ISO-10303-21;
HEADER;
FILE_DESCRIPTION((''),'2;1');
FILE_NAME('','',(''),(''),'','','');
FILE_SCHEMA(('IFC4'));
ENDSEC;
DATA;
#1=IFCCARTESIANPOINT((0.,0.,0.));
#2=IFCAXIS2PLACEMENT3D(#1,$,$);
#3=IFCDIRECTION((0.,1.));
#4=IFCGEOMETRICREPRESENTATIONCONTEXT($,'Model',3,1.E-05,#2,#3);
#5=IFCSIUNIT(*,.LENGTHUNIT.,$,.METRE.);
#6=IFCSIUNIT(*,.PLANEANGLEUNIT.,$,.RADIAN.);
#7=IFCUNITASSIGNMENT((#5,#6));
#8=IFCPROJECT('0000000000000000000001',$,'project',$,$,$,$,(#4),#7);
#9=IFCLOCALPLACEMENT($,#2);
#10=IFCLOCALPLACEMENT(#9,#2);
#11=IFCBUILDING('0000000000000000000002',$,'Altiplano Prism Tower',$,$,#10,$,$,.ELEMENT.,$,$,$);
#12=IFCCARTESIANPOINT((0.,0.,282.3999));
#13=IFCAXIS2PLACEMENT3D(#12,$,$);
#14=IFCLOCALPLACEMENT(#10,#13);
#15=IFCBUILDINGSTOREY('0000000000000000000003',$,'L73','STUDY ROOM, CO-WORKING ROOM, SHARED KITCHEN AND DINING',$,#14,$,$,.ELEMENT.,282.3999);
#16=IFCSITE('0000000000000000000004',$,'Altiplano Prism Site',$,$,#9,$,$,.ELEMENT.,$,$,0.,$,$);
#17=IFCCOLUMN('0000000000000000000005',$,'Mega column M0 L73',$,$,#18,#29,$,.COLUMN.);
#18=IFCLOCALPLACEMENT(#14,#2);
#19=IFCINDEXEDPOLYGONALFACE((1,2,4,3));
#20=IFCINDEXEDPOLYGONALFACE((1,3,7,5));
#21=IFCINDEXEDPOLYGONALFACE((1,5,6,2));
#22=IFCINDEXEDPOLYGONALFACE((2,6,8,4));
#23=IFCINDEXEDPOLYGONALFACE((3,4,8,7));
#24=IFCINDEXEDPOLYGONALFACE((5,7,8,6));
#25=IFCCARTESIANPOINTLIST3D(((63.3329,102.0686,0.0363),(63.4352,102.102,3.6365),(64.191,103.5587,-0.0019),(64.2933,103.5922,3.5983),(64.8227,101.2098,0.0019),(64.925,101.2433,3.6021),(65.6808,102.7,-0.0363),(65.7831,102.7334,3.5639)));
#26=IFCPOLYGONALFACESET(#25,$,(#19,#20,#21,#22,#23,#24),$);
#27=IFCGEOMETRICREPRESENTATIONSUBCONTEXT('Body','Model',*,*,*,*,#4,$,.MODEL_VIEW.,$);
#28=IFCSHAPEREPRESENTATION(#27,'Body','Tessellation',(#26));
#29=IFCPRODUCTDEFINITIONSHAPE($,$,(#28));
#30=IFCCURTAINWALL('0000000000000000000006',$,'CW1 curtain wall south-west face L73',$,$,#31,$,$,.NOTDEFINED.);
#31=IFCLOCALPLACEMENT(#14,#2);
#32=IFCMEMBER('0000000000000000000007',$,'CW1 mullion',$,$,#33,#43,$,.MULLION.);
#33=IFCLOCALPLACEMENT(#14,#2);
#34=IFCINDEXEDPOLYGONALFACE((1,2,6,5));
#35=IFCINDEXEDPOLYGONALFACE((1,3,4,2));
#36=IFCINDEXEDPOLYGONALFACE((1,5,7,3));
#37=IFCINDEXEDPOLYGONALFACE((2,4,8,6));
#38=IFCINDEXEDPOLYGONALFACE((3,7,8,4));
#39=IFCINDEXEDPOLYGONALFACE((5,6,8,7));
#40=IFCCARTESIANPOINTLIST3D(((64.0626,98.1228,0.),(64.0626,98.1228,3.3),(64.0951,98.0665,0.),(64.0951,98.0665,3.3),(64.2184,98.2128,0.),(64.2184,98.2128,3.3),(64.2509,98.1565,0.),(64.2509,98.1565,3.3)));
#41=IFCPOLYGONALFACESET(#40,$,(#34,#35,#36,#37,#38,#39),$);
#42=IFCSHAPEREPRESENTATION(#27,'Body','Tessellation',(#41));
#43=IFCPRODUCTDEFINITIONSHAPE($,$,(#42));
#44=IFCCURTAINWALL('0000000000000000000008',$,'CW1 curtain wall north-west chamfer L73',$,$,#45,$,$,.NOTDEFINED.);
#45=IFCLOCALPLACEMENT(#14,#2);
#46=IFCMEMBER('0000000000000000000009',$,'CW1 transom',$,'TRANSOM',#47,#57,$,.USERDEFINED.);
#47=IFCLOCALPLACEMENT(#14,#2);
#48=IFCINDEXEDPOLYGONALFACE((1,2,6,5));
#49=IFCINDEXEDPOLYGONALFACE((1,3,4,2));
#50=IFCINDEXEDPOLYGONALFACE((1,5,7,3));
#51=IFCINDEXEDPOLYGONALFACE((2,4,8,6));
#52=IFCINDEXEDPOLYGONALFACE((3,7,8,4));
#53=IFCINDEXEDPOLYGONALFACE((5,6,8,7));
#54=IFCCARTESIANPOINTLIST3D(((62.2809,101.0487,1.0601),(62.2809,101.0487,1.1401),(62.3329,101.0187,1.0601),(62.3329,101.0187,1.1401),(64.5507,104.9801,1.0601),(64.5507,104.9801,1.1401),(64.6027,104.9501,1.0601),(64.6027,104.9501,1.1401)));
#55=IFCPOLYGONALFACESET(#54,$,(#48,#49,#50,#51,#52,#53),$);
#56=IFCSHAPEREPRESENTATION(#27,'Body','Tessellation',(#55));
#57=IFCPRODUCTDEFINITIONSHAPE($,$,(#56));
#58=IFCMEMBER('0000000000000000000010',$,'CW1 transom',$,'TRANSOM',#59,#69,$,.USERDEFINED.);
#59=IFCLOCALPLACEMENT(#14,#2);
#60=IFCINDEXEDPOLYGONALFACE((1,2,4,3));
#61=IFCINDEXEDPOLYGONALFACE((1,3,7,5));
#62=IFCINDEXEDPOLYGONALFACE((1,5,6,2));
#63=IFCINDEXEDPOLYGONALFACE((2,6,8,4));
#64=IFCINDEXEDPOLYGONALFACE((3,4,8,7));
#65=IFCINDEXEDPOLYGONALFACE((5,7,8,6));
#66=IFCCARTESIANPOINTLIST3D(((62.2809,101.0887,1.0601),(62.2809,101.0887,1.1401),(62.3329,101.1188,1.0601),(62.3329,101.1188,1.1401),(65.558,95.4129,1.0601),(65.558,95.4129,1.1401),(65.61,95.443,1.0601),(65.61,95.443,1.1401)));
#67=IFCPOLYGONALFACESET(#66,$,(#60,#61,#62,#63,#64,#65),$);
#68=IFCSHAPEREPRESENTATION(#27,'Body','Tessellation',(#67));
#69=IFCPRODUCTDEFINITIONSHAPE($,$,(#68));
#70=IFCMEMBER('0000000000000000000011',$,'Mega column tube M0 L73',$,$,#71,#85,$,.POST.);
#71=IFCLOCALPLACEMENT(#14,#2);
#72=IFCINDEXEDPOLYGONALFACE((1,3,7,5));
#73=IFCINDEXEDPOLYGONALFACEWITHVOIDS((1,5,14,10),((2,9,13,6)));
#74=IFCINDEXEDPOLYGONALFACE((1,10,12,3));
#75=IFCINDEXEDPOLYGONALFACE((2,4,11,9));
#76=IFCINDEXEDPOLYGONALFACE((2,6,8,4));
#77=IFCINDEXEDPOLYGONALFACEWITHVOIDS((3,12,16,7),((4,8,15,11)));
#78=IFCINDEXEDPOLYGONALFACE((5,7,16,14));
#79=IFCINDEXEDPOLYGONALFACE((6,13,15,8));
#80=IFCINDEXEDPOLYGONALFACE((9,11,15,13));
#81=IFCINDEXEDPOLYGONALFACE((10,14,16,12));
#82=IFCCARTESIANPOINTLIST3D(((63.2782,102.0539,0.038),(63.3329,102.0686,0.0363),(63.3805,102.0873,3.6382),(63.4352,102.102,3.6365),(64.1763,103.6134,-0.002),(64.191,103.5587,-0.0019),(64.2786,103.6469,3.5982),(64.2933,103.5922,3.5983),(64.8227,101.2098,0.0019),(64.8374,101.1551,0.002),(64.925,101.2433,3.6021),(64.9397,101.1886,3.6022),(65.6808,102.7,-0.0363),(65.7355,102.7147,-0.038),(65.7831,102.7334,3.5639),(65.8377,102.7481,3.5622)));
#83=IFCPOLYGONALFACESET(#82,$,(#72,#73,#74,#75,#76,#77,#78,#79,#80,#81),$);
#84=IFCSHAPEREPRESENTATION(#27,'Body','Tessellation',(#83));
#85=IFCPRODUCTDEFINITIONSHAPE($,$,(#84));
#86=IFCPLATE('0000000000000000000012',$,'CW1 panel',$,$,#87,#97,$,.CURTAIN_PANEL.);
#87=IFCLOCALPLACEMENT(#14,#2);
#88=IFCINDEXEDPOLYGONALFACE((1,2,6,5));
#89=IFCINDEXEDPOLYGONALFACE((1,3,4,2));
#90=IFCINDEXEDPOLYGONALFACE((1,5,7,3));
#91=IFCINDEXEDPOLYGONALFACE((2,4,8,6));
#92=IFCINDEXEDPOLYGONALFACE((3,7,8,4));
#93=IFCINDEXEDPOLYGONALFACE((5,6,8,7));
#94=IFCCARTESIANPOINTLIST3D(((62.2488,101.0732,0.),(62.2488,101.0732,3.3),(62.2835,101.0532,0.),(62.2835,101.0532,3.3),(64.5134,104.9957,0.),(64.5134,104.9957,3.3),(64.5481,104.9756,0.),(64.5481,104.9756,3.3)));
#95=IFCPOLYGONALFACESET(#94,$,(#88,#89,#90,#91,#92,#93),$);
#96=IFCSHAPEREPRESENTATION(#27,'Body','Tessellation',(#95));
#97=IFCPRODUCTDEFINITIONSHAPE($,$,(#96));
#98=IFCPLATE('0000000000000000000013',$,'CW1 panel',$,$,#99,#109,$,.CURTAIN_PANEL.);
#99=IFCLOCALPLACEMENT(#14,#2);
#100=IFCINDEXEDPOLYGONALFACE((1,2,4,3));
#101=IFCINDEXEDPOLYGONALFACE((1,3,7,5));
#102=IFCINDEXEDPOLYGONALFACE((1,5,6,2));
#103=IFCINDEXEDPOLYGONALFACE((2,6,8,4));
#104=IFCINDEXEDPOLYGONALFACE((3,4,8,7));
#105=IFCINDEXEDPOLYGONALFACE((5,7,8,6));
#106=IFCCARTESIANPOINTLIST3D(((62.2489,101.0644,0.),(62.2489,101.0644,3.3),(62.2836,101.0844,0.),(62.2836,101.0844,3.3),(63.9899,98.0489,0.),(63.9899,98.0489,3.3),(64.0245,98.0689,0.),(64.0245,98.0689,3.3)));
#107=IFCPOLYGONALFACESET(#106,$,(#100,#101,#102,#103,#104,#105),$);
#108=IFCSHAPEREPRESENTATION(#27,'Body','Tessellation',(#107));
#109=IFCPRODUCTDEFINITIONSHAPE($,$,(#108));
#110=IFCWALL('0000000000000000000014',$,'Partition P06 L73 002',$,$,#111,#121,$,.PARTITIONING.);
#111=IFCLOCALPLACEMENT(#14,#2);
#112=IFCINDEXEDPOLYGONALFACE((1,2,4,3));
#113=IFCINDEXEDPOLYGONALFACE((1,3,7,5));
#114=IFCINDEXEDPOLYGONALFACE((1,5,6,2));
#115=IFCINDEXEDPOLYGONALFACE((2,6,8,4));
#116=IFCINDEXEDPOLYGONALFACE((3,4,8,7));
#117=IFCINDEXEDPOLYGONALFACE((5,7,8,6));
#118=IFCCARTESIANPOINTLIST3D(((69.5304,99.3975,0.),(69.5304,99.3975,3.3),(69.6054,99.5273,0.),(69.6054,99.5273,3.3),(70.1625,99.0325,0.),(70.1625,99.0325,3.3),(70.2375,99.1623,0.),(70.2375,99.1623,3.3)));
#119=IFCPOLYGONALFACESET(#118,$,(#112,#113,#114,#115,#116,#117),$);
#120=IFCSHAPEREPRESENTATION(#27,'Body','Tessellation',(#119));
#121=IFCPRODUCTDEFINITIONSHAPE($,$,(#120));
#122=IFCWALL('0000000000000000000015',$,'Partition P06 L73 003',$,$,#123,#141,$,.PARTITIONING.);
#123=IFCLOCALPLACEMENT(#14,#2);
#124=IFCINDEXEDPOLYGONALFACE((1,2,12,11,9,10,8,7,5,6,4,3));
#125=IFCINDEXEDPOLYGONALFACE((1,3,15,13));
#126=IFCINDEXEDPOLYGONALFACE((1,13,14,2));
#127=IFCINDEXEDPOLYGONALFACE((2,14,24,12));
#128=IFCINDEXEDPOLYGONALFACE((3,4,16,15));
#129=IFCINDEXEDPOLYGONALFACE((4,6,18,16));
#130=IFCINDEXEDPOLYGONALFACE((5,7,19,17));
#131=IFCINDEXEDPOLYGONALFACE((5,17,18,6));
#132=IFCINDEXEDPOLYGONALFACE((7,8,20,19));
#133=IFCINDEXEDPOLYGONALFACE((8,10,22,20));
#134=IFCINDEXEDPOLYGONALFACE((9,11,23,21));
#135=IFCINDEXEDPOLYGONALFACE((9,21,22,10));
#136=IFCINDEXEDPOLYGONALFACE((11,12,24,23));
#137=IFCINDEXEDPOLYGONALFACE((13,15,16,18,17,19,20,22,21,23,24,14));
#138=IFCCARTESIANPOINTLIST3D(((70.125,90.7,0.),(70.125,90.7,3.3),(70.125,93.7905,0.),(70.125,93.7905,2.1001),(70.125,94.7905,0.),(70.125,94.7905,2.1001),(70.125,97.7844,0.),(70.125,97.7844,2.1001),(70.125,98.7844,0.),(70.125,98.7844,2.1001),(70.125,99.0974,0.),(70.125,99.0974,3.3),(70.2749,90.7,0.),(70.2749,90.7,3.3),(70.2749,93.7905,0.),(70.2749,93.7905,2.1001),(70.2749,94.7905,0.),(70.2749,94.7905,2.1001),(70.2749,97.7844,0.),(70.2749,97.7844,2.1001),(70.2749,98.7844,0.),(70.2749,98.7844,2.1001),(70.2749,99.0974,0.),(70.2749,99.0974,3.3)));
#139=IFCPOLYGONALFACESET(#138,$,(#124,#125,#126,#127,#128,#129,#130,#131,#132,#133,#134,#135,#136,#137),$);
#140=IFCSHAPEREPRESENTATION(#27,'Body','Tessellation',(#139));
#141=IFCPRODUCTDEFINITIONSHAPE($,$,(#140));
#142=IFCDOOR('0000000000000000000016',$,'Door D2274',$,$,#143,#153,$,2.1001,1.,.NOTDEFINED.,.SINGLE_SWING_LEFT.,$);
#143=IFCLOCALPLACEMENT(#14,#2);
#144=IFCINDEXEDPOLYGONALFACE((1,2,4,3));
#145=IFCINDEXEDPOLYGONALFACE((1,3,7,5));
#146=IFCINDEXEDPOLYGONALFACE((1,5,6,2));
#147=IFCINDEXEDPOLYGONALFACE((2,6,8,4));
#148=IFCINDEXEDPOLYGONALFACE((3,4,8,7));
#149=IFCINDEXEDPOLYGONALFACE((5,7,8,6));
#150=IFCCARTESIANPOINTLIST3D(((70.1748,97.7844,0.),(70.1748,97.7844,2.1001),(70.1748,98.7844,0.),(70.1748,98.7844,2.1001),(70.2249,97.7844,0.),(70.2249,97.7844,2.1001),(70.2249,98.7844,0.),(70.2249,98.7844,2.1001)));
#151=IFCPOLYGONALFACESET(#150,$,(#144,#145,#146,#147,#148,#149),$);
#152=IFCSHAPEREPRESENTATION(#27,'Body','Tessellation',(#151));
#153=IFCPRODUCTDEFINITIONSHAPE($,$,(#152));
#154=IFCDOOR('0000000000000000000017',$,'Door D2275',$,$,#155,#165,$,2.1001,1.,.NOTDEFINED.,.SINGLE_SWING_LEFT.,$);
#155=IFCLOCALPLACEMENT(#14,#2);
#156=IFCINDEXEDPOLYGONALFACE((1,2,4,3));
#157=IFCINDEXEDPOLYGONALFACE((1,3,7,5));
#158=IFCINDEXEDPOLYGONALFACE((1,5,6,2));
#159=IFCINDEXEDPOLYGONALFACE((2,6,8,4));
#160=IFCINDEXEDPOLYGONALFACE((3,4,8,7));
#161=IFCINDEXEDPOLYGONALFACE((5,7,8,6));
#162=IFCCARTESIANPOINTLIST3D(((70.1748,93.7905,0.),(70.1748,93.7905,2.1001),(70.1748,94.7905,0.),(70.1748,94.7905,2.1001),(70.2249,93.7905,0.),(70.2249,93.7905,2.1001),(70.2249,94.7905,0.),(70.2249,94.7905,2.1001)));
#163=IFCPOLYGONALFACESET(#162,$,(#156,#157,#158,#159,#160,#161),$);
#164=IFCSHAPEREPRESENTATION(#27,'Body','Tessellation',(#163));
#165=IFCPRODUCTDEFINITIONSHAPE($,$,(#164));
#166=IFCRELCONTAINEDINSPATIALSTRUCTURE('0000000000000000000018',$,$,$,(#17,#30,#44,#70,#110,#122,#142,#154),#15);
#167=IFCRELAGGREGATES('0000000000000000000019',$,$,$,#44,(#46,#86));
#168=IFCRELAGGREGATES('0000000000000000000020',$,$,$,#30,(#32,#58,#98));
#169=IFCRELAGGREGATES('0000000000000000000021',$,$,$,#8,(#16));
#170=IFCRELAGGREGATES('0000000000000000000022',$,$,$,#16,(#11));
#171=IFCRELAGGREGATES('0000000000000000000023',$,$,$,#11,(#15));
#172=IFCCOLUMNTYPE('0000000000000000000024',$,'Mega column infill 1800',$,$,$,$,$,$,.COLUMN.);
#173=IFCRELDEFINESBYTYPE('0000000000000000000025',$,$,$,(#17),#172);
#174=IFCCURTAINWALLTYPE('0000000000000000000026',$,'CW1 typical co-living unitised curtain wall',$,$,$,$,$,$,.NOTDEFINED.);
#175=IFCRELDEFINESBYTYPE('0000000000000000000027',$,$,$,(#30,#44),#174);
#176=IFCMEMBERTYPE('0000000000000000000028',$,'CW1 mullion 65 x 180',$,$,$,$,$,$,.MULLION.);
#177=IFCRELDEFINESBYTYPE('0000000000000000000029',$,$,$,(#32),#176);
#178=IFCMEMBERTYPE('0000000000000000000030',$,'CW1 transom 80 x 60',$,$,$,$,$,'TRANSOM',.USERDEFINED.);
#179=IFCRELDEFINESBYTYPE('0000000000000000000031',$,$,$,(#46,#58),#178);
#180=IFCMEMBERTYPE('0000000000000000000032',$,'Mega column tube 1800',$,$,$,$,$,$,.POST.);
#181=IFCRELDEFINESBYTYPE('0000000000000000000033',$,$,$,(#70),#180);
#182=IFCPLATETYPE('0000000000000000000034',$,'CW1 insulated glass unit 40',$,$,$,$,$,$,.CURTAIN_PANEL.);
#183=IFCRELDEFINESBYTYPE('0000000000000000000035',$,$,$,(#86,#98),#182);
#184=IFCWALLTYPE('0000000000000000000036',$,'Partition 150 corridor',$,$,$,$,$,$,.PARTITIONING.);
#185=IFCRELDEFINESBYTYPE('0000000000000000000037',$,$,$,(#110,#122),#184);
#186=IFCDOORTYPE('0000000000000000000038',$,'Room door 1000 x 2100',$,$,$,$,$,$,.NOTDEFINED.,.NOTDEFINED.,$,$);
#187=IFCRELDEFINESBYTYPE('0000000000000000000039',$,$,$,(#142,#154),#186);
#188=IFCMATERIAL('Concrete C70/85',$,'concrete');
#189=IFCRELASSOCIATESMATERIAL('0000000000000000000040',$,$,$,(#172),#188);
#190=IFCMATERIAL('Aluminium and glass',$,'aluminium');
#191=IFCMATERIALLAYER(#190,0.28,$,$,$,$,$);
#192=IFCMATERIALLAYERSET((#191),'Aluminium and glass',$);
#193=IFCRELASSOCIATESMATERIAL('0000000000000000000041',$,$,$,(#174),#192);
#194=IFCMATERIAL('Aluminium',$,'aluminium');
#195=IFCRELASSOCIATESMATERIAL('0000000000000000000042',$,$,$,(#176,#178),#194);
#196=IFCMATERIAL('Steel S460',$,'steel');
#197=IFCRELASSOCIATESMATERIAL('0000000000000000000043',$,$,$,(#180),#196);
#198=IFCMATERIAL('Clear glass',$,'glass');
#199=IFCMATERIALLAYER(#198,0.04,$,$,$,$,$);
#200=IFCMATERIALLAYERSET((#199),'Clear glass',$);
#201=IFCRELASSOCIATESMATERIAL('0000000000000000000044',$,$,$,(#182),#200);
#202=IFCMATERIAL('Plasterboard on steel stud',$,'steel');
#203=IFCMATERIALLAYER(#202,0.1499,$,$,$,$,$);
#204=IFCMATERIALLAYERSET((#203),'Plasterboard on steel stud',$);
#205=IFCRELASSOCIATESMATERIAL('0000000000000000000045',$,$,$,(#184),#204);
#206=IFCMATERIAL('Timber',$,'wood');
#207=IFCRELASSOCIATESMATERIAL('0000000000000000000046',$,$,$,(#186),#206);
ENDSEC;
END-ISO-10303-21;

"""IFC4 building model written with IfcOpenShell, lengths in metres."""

from ifc_helpers import new_model, si_unit, direction, frame, frame_2d, origin, origin_2d, place, context, subcontext, project, spatial, rectangle, hollow_rectangle, extrude, material, layer, layer_set, material_profile, profile_set, type_object, element, fill, aggregate, save


model = new_model("IFC4")

# Units and contexts
model_context = context("Model", 3, precision=1e-05, world=origin(), true_north=direction((0.0, 1.0)))
body_context = subcontext(model_context, "Body", "Model", "MODEL_VIEW")
ifc_project = project(units=[si_unit("LENGTHUNIT", "METRE"), si_unit("PLANEANGLEUNIT", "RADIAN")], contexts=[model_context])

# Site, building, storey
site_placement = place(None, origin())
site = spatial("IfcSite", under=ifc_project, at=site_placement, Name="Altiplano Prism Site", CompositionType="ELEMENT", RefElevation=0.0)
building_placement = place(site_placement, origin())
building = spatial("IfcBuilding", under=site, at=building_placement, Name="Altiplano Prism Tower", CompositionType="ELEMENT")
storey_placement = place(building_placement, frame((0.0, 0.0, 282.3999)))
storey = spatial("IfcBuildingStorey", under=building, at=storey_placement, Name="L73", Description="STUDY ROOM, CO-WORKING ROOM, SHARED KITCHEN AND DINING", CompositionType="ELEMENT", Elevation=282.3999)

# Column
ifc_material_1 = material(Name="Concrete C70/85", Category="concrete")
ifc_material_profile_1 = material_profile(ifc_material_1, rectangle(XDim=1.72, YDim=1.72, at=origin_2d()), Name="Mega column infill 1800")
ifc_profile_set_1 = profile_set([ifc_material_profile_1], Name="Concrete C70/85")
column_type = type_object("IfcColumnType", Name="Mega column infill 1800", PredefinedType="COLUMN", material=ifc_profile_set_1)
column_placement = place(storey_placement, frame((64.5068, 102.3843, 0.0), z_axis=(0.028402, 0.009287, 0.999553), x_axis=(-0.866197, 0.499302, 0.019974)))
element("IfcColumn", 1, at=column_placement, inside=storey, type_object=column_type, Name="Mega column M0 L73", PredefinedType="COLUMN", context=body_context, shape_type="SweptSolid", body=[
    extrude(rectangle(XDim=1.72, YDim=1.72, at=origin_2d()), origin(), (0.0, 0.0, 1.0), 3.6018),
])

# Curtain walls, members
ifc_material_2 = material(Name="Aluminium and glass", Category="aluminium")
ifc_layer_1 = layer(ifc_material_2, 0.28)
ifc_layer_set_1 = layer_set([ifc_layer_1], Name="Aluminium and glass")
curtain_wall_type = type_object("IfcCurtainWallType", Name="CW1 typical co-living unitised curtain wall", PredefinedType="NOTDEFINED", material=ifc_layer_set_1)
curtain_wall_1_placement = place(storey_placement, origin())
curtain_wall_1 = element("IfcCurtainWall", 2, at=curtain_wall_1_placement, inside=storey, type_object=curtain_wall_type, Name="CW1 curtain wall south-west face L73", PredefinedType="NOTDEFINED")
ifc_material_3 = material(Name="Aluminium", Category="aluminium")
ifc_material_profile_2 = material_profile(ifc_material_3, rectangle(XDim=0.1799, YDim=0.0649, at=origin_2d()), Name="CW1 mullion 65 x 180")
ifc_profile_set_2 = profile_set([ifc_material_profile_2], Name="Aluminium")
member_type_1 = type_object("IfcMemberType", Name="CW1 mullion 65 x 180", PredefinedType="MULLION", material=ifc_profile_set_2)
member_1_placement = place(storey_placement, frame((64.1567, 98.1396, 0.0), z_axis=(0.0, 0.0, 1.0), x_axis=(0.866025, 0.5, 0.0)))
member_1 = element("IfcMember", 3, at=member_1_placement, type_object=member_type_1, Name="CW1 mullion", PredefinedType="MULLION", context=body_context, shape_type="SweptSolid", body=[
    extrude(rectangle(XDim=0.1799, YDim=0.0649, at=origin_2d()), origin(), (0.0, 0.0, 1.0), 3.3),
])
curtain_wall_2_placement = place(storey_placement, origin())
curtain_wall_2 = element("IfcCurtainWall", 4, at=curtain_wall_2_placement, inside=storey, type_object=curtain_wall_type, Name="CW1 curtain wall north-west chamfer L73", PredefinedType="NOTDEFINED")
ifc_material_profile_3 = material_profile(ifc_material_3, rectangle(XDim=0.0601, YDim=0.0801, at=origin_2d()), Name="CW1 transom 80 x 60")
ifc_profile_set_3 = profile_set([ifc_material_profile_3], Name="Aluminium")
member_type_2 = type_object("IfcMemberType", Name="CW1 transom 80 x 60", ElementType="TRANSOM", PredefinedType="USERDEFINED", material=ifc_profile_set_3)
member_2_placement = place(storey_placement, frame((64.5767, 104.9651, 1.1001), z_axis=(-0.499997, -0.866027, 0.0), x_axis=(0.866027, -0.499997, 0.0)))
member_2 = element("IfcMember", 5, at=member_2_placement, type_object=member_type_2, Name="CW1 transom", ObjectType="TRANSOM", PredefinedType="USERDEFINED", context=body_context, shape_type="SweptSolid", body=[
    extrude(rectangle(XDim=0.0601, YDim=0.0801, at=origin_2d()), origin(), (0.0, 0.0, 1.0), 4.5396),
])

# Members
member_3_placement = place(storey_placement, frame((62.3069, 101.1038, 1.1001), z_axis=(0.500021, -0.866013, 0.0), x_axis=(0.866013, 0.500021, 0.0)))
member_3 = element("IfcMember", 6, at=member_3_placement, type_object=member_type_2, Name="CW1 transom", ObjectType="TRANSOM", PredefinedType="USERDEFINED", context=body_context, shape_type="SweptSolid", body=[
    extrude(rectangle(XDim=0.0601, YDim=0.0801, at=origin_2d()), origin(), (0.0, 0.0, 1.0), 6.554),
])
ifc_material_4 = material(Name="Steel S460", Category="steel")
ifc_material_profile_4 = material_profile(ifc_material_4, hollow_rectangle(XDim=1.8, YDim=1.8, WallThickness=0.04, at=origin_2d()), Name="Mega column tube 1800")
ifc_profile_set_4 = profile_set([ifc_material_profile_4], Name="Steel S460")
member_type_3 = type_object("IfcMemberType", Name="Mega column tube 1800", PredefinedType="POST", material=ifc_profile_set_4)
member_4_placement = place(storey_placement, frame((64.5068, 102.3843, 0.0), z_axis=(0.028402, 0.009287, 0.999553), x_axis=(-0.866197, 0.499302, 0.019974)))
element("IfcMember", 7, at=member_4_placement, inside=storey, type_object=member_type_3, Name="Mega column tube M0 L73", PredefinedType="POST", context=body_context, shape_type="SweptSolid", body=[
    extrude(hollow_rectangle(XDim=1.8, YDim=1.8, WallThickness=0.04, at=origin_2d()), origin(), (0.0, 0.0, 1.0), 3.6018),
])

# Plates
ifc_material_5 = material(Name="Clear glass", Category="glass")
ifc_layer_2 = layer(ifc_material_5, 0.04)
ifc_layer_set_2 = layer_set([ifc_layer_2], Name="Clear glass")
plate_type = type_object("IfcPlateType", Name="CW1 insulated glass unit 40", PredefinedType="CURTAIN_PANEL", material=ifc_layer_set_2)
plate_1_placement = place(storey_placement, frame((63.3984, 103.0244, 0.0), z_axis=(0.0, 0.0, 1.0), x_axis=(-0.5, -0.866025, 0.0)))
plate_1 = element("IfcPlate", 8, at=plate_1_placement, type_object=plate_type, Name="CW1 panel", PredefinedType="CURTAIN_PANEL", context=body_context, shape_type="SweptSolid", body=[
    extrude(rectangle(XDim=4.5293, YDim=0.04, at=origin_2d()), origin(), (0.0, 0.0, 1.0), 3.3),
])
aggregate(curtain_wall_2, [member_2, plate_1])
plate_2_placement = place(storey_placement, frame((63.1367, 99.5667, 0.0), z_axis=(0.0, 0.0, 1.0), x_axis=(0.5, -0.866025, 0.0)))
plate_2 = element("IfcPlate", 9, at=plate_2_placement, type_object=plate_type, Name="CW1 panel", PredefinedType="CURTAIN_PANEL", context=body_context, shape_type="SweptSolid", body=[
    extrude(rectangle(XDim=3.4819, YDim=0.04, at=origin_2d()), origin(), (0.0, 0.0, 1.0), 3.3),
])
aggregate(curtain_wall_1, [member_1, member_3, plate_2])

# Wall
ifc_material_6 = material(Name="Plasterboard on steel stud", Category="steel")
ifc_layer_3 = layer(ifc_material_6, 0.1499)
ifc_layer_set_3 = layer_set([ifc_layer_3], Name="Plasterboard on steel stud")
wall_type_1 = type_object("IfcWallType", Name="Partition 150 corridor", PredefinedType="PARTITIONING", material=ifc_layer_set_3)
wall_1_placement = place(storey_placement, frame((69.5679, 99.4624, 0.0), z_axis=(0.0, 0.0, 1.0), x_axis=(0.865991, -0.50006, 0.0)))
element("IfcWall", 10, at=wall_1_placement, inside=storey, type_object=wall_type_1, Name="Partition P06 L73 002", PredefinedType="PARTITIONING", context=body_context, shape_type="SweptSolid", body=[
    extrude(rectangle(XDim=0.73, YDim=0.1499, at=frame_2d((0.365, 0.0))), origin(), (0.0, 0.0, 1.0), 3.3),
])

# Wall, openings, doors
wall_2_placement = place(storey_placement, frame((70.2, 99.0974, 0.0), z_axis=(0.0, 0.0, 1.0), x_axis=(0.0, -1.0, 0.0)))
wall_2 = element("IfcWall", 11, at=wall_2_placement, inside=storey, type_object=wall_type_1, Name="Partition P06 L73 003", PredefinedType="PARTITIONING", context=body_context, shape_type="SweptSolid", body=[
    extrude(rectangle(XDim=8.3975, YDim=0.1499, at=frame_2d((4.1987, 0.0))), origin(), (0.0, 0.0, 1.0), 3.3),
])
opening_1_placement = place(wall_2_placement, frame((0.313, 0.0, 0.0)))
opening_1 = element("IfcOpeningElement", 12, at=opening_1_placement, cuts=wall_2, PredefinedType="OPENING", context=body_context, shape_type="SweptSolid", body=[
    extrude(rectangle(XDim=1.0, YDim=2.1001, at=frame_2d((0.5, 1.05))), frame((0.0, 0.0854, 0.0), z_axis=(0.0, -1.0, 0.0), x_axis=(1.0, 0.0, 0.0)), (0.0, 0.0, 1.0), 0.1709),
])
opening_2_placement = place(wall_2_placement, frame((4.3069, 0.0, 0.0)))
opening_2 = element("IfcOpeningElement", 13, at=opening_2_placement, cuts=wall_2, PredefinedType="OPENING", context=body_context, shape_type="SweptSolid", body=[
    extrude(rectangle(XDim=1.0, YDim=2.1001, at=frame_2d((0.5, 1.05))), frame((0.0, 0.0854, 0.0), z_axis=(0.0, -1.0, 0.0), x_axis=(1.0, 0.0, 0.0)), (0.0, 0.0, 1.0), 0.1709),
])
ifc_material_7 = material(Name="Timber", Category="wood")
door_type = type_object("IfcDoorType", Name="Room door 1000 x 2100", OperationType="NOTDEFINED", PredefinedType="NOTDEFINED", material=ifc_material_7)
door_1_placement = place(opening_1_placement, origin())
door_1 = element("IfcDoor", 14, at=door_1_placement, inside=storey, type_object=door_type, Name="Door D2274", OperationType="SINGLE_SWING_LEFT", OverallHeight=2.1001, OverallWidth=1.0, PredefinedType="NOTDEFINED", context=body_context, shape_type="SweptSolid", body=[
    extrude(rectangle(XDim=1.0, YDim=2.1001, at=frame_2d((0.5, 1.05))), frame((0.0, 0.0249, 0.0), z_axis=(0.0, -1.0, 0.0), x_axis=(1.0, 0.0, 0.0)), (0.0, 0.0, 1.0), 0.05),
])
fill(opening_1, door_1)
door_2_placement = place(opening_2_placement, origin())
door_2 = element("IfcDoor", 15, at=door_2_placement, inside=storey, type_object=door_type, Name="Door D2275", OperationType="SINGLE_SWING_LEFT", OverallHeight=2.1001, OverallWidth=1.0, PredefinedType="NOTDEFINED", context=body_context, shape_type="SweptSolid", body=[
    extrude(rectangle(XDim=1.0, YDim=2.1001, at=frame_2d((0.5, 1.05))), frame((0.0, 0.0249, 0.0), z_axis=(0.0, -1.0, 0.0), x_axis=(1.0, 0.0, 0.0)), (0.0, 0.0, 1.0), 0.05),
])
fill(opening_2, door_2)

save(model, "model.ifc")
